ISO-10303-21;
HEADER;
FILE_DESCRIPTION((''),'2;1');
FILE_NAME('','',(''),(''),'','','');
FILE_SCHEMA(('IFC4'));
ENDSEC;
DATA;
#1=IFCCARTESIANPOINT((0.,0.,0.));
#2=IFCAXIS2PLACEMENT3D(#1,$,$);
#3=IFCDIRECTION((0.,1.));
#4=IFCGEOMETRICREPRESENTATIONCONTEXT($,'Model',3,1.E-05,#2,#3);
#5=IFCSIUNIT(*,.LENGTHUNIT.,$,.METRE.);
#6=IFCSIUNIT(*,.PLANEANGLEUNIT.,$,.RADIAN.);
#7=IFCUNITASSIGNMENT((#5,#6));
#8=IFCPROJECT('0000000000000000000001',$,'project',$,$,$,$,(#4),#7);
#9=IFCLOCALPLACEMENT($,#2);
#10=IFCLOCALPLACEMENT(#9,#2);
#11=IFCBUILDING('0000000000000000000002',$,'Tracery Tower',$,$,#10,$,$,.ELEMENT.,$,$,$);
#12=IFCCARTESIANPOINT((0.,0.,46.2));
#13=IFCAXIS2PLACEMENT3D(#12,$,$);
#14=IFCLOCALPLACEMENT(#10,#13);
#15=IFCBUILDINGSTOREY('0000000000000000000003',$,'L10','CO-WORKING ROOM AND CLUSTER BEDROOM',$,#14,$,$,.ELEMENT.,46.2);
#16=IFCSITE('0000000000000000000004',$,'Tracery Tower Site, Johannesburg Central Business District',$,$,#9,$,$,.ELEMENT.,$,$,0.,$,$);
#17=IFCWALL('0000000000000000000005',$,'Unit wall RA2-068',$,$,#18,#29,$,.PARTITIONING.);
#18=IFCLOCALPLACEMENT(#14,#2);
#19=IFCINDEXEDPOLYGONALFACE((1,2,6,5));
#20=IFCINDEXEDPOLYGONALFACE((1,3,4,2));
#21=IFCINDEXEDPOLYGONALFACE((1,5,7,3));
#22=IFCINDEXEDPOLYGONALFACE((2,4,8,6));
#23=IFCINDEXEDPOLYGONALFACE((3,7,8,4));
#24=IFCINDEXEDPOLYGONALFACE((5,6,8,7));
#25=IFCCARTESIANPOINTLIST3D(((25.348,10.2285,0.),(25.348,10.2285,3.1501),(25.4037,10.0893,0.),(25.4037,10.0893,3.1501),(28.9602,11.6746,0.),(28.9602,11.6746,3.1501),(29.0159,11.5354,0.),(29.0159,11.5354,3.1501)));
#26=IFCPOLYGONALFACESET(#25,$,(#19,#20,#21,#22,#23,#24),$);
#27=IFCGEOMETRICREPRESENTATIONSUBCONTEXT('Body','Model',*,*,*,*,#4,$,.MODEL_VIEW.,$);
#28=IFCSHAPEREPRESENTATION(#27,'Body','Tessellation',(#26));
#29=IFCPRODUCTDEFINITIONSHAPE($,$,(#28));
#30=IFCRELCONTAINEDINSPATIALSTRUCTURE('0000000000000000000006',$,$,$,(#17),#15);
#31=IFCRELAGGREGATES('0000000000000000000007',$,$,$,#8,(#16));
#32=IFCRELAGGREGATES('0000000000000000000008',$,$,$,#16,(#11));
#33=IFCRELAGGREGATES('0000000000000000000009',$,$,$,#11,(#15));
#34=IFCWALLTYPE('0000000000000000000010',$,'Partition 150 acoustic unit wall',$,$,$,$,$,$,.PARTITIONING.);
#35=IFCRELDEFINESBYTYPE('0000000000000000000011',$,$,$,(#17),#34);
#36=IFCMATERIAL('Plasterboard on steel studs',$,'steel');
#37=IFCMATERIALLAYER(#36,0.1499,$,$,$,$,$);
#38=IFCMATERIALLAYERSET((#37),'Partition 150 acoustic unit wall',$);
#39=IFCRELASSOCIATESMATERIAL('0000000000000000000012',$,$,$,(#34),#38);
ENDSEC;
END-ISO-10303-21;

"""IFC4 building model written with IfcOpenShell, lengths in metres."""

from ifc_helpers import new_model, si_unit, direction, frame, frame_2d, origin, place, context, subcontext, project, spatial, rectangle, extrude, material, layer, layer_set, type_object, element, save


model = new_model("IFC4")

# Units and contexts
model_context = context("Model", 3, precision=1e-05, world=origin(), true_north=direction((0.0, 1.0)))
body_context = subcontext(model_context, "Body", "Model", "MODEL_VIEW")
ifc_project = project(units=[si_unit("LENGTHUNIT", "METRE"), si_unit("PLANEANGLEUNIT", "RADIAN")], contexts=[model_context])

# Site, building, storey
site_placement = place(None, origin())
site = spatial("IfcSite", under=ifc_project, at=site_placement, Name="Tracery Tower Site, Johannesburg Central Business District", CompositionType="ELEMENT", RefElevation=0.0)
building_placement = place(site_placement, origin())
building = spatial("IfcBuilding", under=site, at=building_placement, Name="Tracery Tower", CompositionType="ELEMENT")
storey_placement = place(building_placement, frame((0.0, 0.0, 46.2)))
storey = spatial("IfcBuildingStorey", under=building, at=storey_placement, Name="L10", Description="CO-WORKING ROOM AND CLUSTER BEDROOM", CompositionType="ELEMENT", Elevation=46.2)

# Wall
ifc_material_1 = material(Name="Plasterboard on steel studs", Category="steel")
ifc_layer_1 = layer(ifc_material_1, 0.1499)
ifc_layer_set_1 = layer_set([ifc_layer_1], Name="Partition 150 acoustic unit wall")
wall_type_1 = type_object("IfcWallType", Name="Partition 150 acoustic unit wall", PredefinedType="PARTITIONING", material=ifc_layer_set_1)
wall_1_placement = place(storey_placement, frame((25.376, 10.1589, 0.0), z_axis=(0.0, 0.0, 1.0), x_axis=(0.928368, 0.371661, 0.0)))
element("IfcWall", 1, at=wall_1_placement, inside=storey, type_object=wall_type_1, Name="Unit wall RA2-068", PredefinedType="PARTITIONING", context=body_context, shape_type="SweptSolid", body=[
    extrude(rectangle(XDim=3.8909, YDim=0.1499, at=frame_2d((1.9453, 0.0))), origin(), (0.0, 0.0, 1.0), 3.1501),
])

save(model, "model.ifc")
